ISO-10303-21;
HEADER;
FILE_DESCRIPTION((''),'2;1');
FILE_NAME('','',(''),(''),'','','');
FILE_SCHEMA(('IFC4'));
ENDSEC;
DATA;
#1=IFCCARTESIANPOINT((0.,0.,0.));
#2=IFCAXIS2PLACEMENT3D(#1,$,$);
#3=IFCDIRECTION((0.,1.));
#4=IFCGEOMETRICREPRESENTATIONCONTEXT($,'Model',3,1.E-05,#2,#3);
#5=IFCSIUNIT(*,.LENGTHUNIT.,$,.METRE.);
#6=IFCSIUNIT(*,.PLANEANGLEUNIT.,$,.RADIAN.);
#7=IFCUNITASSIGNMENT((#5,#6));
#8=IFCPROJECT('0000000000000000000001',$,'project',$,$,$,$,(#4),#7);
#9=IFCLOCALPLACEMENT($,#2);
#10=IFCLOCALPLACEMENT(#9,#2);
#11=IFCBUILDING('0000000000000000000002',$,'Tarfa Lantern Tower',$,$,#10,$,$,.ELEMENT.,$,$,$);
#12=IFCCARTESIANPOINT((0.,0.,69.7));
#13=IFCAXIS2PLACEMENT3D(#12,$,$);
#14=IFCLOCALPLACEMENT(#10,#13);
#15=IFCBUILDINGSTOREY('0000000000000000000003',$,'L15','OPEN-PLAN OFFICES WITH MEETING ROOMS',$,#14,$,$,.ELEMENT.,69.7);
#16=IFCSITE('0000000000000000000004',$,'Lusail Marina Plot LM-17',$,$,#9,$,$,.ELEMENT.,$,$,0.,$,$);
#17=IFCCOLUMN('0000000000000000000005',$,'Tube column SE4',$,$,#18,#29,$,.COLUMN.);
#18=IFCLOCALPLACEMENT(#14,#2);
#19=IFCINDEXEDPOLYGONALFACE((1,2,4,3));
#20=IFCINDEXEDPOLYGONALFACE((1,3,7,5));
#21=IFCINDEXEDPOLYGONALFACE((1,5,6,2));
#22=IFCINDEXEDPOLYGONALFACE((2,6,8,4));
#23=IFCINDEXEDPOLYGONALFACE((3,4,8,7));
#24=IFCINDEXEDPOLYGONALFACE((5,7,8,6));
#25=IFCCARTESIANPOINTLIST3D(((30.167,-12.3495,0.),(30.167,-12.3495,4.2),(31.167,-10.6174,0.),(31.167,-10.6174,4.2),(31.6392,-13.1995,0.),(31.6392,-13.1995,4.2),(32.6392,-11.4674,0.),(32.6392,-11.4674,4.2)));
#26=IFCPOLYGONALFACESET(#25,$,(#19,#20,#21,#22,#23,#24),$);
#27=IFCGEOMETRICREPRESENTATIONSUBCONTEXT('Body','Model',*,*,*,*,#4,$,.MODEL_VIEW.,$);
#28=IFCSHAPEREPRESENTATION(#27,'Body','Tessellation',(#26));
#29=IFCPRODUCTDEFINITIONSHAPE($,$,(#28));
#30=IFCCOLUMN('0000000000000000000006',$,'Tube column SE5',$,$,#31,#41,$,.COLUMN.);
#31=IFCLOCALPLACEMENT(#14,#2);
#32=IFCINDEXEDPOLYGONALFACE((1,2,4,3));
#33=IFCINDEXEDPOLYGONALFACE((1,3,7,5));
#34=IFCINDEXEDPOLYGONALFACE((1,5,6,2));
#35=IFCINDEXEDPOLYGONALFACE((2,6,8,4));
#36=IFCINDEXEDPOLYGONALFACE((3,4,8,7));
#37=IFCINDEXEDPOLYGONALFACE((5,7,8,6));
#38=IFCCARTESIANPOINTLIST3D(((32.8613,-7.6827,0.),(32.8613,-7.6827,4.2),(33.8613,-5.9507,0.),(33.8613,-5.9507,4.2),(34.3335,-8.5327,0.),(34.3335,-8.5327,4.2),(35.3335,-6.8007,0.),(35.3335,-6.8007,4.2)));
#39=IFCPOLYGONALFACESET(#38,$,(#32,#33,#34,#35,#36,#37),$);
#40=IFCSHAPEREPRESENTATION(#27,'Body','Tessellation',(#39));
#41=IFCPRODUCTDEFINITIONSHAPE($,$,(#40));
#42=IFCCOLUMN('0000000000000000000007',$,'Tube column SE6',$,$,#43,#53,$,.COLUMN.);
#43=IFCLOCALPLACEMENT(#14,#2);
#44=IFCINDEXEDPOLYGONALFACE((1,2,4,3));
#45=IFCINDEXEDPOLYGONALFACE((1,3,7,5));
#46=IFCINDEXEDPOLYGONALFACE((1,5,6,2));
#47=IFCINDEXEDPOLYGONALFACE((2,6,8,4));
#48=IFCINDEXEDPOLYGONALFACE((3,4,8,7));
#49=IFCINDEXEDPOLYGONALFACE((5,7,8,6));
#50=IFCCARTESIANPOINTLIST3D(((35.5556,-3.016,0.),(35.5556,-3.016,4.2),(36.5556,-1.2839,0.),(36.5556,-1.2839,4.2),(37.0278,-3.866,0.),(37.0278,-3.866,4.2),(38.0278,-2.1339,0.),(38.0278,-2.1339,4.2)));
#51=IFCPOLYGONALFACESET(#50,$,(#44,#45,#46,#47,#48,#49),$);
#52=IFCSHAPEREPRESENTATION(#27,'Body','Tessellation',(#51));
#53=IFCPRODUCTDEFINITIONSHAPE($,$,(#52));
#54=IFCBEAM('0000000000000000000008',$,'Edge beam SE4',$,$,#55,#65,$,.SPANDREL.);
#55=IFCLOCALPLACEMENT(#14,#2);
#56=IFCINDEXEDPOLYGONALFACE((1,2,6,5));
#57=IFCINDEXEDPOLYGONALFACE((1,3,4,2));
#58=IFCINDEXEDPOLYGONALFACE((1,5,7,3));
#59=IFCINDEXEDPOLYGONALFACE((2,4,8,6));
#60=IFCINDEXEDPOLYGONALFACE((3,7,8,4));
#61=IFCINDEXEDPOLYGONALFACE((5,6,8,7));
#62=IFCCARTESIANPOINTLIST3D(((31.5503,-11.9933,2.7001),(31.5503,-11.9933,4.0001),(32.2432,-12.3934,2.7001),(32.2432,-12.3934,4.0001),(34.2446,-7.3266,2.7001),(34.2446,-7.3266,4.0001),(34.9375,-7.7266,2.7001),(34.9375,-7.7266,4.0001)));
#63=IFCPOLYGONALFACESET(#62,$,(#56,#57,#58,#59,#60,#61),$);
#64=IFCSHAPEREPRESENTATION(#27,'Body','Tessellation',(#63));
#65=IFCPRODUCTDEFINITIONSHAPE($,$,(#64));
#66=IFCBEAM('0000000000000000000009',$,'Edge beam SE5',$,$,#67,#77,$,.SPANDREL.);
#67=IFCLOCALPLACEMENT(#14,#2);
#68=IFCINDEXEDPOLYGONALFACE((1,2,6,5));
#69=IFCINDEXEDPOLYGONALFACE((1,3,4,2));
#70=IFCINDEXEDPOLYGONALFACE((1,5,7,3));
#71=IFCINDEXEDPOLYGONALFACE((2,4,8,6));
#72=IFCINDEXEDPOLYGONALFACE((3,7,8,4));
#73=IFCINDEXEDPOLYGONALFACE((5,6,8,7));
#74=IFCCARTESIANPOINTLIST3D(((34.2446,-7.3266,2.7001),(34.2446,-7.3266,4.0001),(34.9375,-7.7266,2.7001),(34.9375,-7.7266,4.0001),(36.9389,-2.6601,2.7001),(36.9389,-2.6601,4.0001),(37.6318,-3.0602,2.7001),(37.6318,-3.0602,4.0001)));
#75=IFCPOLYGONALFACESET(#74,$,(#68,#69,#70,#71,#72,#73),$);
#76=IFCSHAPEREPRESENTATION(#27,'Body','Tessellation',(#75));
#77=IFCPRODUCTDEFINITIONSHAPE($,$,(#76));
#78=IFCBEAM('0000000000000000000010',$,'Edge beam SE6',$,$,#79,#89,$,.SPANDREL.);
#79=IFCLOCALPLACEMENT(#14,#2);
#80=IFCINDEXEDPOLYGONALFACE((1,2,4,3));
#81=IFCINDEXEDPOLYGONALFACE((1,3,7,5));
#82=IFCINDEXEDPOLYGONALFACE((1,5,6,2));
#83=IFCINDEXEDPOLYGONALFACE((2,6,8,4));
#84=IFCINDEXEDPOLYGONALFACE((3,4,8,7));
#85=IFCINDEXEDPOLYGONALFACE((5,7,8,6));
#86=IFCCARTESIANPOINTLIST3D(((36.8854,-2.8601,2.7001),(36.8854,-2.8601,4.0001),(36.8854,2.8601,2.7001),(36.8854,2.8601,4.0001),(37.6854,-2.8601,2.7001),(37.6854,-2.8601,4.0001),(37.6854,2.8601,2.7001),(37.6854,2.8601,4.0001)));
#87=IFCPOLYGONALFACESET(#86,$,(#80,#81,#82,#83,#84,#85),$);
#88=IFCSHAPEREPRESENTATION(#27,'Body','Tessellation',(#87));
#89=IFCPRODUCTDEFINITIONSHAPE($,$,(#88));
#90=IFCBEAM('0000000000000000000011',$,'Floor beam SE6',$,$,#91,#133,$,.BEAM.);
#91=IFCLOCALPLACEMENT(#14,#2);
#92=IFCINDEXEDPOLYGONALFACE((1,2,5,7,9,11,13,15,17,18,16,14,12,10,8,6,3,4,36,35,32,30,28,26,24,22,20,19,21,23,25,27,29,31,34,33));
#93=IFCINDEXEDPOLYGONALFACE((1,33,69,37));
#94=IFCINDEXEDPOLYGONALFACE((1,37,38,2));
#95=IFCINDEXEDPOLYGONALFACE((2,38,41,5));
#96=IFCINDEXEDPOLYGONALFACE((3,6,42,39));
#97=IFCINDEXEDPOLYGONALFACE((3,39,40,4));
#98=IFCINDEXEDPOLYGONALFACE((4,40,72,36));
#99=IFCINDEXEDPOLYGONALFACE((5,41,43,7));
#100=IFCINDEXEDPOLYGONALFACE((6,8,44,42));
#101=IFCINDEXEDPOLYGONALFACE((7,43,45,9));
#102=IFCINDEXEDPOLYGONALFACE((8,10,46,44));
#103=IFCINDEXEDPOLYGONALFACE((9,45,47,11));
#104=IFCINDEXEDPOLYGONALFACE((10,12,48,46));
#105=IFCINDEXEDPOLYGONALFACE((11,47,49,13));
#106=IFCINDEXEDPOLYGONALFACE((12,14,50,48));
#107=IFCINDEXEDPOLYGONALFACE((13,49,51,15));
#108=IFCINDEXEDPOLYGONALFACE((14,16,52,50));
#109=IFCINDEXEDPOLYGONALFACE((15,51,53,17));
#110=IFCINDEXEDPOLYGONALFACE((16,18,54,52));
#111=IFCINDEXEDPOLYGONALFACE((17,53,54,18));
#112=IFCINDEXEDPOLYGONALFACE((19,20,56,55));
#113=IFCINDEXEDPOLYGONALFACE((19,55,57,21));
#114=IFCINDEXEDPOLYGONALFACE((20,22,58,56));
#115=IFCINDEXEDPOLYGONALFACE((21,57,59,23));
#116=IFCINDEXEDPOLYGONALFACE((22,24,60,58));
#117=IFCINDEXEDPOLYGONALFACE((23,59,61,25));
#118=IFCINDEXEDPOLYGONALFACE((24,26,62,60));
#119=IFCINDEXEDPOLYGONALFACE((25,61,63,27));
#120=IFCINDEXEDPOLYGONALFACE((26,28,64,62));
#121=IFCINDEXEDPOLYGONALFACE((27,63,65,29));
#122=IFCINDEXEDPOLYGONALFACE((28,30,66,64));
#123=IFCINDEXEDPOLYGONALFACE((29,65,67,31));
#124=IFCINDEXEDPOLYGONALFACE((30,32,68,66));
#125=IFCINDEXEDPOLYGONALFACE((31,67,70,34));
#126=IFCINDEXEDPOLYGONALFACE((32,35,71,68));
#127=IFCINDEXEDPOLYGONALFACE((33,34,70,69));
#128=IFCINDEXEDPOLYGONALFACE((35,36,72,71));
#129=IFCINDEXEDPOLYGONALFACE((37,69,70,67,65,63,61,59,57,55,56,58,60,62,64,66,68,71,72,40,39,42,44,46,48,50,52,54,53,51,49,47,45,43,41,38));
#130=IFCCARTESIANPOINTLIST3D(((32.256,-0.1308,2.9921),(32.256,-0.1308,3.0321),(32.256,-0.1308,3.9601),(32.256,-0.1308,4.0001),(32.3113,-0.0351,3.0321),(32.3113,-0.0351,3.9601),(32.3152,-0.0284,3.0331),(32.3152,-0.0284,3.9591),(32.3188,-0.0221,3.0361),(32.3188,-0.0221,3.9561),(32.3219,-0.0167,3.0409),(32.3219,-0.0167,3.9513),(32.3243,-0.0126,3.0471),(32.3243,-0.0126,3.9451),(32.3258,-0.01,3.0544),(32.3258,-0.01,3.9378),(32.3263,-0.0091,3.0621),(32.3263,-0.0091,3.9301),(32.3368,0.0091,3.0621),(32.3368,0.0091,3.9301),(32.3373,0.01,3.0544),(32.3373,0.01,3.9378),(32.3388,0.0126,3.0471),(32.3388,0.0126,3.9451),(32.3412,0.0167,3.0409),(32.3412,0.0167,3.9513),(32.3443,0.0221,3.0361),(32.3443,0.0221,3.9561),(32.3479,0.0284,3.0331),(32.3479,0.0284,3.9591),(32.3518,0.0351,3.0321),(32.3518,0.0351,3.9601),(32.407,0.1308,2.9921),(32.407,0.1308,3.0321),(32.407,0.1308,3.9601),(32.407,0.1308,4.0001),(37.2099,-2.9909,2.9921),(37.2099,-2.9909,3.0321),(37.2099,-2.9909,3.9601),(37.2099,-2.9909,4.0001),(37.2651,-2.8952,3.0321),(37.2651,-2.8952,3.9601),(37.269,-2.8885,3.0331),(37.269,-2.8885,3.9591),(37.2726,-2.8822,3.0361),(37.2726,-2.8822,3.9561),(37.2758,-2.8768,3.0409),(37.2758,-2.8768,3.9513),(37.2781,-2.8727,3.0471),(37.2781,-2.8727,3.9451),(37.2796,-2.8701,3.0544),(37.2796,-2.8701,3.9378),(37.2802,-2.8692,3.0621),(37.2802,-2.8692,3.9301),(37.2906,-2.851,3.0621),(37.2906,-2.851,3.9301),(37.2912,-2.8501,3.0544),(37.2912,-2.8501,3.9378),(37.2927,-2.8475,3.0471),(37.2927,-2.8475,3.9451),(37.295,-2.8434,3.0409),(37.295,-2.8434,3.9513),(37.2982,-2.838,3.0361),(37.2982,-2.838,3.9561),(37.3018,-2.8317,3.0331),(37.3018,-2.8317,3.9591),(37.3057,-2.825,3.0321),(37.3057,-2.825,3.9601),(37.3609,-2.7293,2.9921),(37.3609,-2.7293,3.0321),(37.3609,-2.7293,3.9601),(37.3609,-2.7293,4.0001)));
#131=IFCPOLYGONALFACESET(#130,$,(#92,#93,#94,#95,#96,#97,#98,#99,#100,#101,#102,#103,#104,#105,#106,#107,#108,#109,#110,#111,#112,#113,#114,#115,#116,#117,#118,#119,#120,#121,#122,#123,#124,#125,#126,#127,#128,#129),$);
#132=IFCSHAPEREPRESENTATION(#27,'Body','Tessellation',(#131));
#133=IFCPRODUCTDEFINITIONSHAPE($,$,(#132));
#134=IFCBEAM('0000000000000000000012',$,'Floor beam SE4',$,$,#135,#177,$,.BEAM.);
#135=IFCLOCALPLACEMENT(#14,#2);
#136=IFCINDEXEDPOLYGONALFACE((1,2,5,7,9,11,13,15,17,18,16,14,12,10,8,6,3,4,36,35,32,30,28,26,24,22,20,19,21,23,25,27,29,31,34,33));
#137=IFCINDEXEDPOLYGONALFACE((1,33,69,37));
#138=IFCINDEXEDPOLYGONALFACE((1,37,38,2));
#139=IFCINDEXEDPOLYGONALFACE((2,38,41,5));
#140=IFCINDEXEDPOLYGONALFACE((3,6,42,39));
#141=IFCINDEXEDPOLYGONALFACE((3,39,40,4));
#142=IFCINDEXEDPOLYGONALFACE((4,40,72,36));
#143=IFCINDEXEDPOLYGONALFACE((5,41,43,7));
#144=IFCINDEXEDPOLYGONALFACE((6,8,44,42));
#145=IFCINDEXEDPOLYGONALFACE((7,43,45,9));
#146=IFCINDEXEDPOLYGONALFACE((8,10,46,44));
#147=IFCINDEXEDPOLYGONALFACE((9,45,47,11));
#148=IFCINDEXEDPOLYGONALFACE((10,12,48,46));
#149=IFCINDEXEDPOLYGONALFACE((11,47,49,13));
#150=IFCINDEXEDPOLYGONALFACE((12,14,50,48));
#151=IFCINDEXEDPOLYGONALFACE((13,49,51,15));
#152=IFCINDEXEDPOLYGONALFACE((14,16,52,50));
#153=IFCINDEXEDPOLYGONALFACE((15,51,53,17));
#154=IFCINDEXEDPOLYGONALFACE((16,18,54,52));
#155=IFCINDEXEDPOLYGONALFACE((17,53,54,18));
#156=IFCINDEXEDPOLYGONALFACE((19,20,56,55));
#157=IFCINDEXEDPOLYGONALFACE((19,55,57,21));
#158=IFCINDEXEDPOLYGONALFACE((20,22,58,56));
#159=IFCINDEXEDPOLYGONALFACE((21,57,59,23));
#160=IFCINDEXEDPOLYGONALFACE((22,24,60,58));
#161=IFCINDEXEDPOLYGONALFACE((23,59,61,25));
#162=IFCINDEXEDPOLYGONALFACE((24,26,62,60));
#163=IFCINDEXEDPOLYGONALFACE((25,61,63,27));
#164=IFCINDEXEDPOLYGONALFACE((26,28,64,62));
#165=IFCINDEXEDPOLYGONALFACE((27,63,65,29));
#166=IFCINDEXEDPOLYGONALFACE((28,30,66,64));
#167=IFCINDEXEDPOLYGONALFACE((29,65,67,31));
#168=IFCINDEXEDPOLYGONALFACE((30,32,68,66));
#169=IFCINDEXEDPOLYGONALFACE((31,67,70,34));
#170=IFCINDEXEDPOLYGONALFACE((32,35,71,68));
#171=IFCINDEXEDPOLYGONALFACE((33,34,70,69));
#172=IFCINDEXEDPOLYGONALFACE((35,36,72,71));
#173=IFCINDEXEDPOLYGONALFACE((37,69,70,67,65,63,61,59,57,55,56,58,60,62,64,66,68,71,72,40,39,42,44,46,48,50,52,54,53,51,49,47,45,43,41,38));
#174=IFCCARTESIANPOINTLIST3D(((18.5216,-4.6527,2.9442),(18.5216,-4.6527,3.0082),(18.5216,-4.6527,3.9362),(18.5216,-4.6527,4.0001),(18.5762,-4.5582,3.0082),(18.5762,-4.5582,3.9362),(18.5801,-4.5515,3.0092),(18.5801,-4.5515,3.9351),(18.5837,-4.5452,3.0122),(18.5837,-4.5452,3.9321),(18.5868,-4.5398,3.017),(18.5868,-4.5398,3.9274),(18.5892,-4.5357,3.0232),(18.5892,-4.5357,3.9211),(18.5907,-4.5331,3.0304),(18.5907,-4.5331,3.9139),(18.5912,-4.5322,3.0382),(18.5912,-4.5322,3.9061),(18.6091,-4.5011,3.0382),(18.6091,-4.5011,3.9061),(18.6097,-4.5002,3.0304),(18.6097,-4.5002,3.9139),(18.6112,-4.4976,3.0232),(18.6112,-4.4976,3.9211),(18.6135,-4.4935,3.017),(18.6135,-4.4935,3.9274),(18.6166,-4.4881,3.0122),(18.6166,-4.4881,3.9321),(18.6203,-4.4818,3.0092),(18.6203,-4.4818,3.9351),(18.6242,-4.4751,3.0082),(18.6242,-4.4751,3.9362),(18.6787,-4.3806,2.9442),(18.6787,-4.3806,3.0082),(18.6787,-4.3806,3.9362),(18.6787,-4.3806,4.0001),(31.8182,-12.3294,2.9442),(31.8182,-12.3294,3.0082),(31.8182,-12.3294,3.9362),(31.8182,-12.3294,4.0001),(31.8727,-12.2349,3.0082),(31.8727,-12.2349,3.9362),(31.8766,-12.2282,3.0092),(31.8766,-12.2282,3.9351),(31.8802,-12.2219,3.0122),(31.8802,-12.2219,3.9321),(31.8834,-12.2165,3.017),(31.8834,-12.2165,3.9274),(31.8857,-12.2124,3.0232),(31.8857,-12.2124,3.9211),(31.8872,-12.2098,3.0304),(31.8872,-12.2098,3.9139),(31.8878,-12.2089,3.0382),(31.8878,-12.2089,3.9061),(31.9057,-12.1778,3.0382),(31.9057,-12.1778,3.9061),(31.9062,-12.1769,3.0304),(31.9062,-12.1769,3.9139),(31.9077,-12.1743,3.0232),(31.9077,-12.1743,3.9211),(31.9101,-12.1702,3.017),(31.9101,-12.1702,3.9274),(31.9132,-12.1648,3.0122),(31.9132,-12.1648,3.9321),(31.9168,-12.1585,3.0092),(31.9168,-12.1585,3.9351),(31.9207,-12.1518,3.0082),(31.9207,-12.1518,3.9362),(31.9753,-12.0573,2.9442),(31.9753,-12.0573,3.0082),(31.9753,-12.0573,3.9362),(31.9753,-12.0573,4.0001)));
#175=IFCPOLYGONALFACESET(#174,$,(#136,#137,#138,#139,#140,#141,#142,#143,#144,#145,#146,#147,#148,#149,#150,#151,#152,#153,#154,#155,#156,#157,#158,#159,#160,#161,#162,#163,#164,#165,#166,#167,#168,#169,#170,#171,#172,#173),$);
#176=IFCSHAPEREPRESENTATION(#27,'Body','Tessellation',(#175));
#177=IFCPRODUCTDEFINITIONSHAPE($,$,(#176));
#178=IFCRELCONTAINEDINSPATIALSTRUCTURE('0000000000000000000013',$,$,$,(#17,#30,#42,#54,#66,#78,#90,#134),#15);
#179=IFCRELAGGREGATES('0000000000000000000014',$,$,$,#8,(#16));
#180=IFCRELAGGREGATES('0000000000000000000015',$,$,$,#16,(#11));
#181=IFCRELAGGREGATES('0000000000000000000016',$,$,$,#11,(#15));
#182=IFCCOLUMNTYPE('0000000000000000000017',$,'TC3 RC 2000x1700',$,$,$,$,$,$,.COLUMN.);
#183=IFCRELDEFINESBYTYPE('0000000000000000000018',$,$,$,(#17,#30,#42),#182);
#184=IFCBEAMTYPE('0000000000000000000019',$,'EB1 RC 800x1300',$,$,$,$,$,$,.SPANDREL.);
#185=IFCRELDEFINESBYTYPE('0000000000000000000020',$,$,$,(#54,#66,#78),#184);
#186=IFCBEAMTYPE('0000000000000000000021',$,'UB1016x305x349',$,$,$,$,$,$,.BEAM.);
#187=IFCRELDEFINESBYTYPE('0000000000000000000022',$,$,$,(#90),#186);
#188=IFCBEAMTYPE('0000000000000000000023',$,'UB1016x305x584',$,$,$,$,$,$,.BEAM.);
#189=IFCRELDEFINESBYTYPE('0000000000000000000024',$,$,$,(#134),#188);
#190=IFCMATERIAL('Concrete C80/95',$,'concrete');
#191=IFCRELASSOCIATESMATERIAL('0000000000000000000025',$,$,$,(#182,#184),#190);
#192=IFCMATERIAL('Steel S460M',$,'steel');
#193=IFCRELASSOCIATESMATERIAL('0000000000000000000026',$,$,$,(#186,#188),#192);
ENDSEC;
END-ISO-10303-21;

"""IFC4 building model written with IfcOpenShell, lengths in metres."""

from ifc_helpers import new_model, si_unit, direction, frame, origin, origin_2d, place, context, subcontext, project, spatial, rectangle, i_section, extrude, material, material_profile, profile_set, type_object, element, save


model = new_model("IFC4")

# Units and contexts
model_context = context("Model", 3, precision=1e-05, world=origin(), true_north=direction((0.0, 1.0)))
body_context = subcontext(model_context, "Body", "Model", "MODEL_VIEW")
ifc_project = project(units=[si_unit("LENGTHUNIT", "METRE"), si_unit("PLANEANGLEUNIT", "RADIAN")], contexts=[model_context])

# Site, building, storey
site_placement = place(None, origin())
site = spatial("IfcSite", under=ifc_project, at=site_placement, Name="Lusail Marina Plot LM-17", CompositionType="ELEMENT", RefElevation=0.0)
building_placement = place(site_placement, origin())
building = spatial("IfcBuilding", under=site, at=building_placement, Name="Tarfa Lantern Tower", CompositionType="ELEMENT")
storey_placement = place(building_placement, frame((0.0, 0.0, 69.7)))
storey = spatial("IfcBuildingStorey", under=building, at=storey_placement, Name="L15", Description="OPEN-PLAN OFFICES WITH MEETING ROOMS", CompositionType="ELEMENT", Elevation=69.7)

# Columns
ifc_material_1 = material(Name="Concrete C80/95", Category="concrete")
ifc_material_profile_1 = material_profile(ifc_material_1, rectangle(XDim=2.0, YDim=1.7, at=origin_2d()), Name="RC 2000x1700")
ifc_profile_set_1 = profile_set([ifc_material_profile_1], Name="Concrete C80/95")
column_type = type_object("IfcColumnType", Name="TC3 RC 2000x1700", PredefinedType="COLUMN", material=ifc_profile_set_1)
for number, where, z_axis, x_axis, name in (
    (1, (31.4031, -11.9084, 0.0), (0.0, 0.0, 1.0), (0.5, 0.866025, 0.0), "Tube column SE4"),
    (2, (34.0974, -7.2417, 0.0), (0.0, 0.0, 1.0), (0.5, 0.866025, 0.0), "Tube column SE5"),
    (3, (36.7917, -2.575, 0.0), (0.0, 0.0, 1.0), (0.5, 0.866025, 0.0), "Tube column SE6"),
):
    element("IfcColumn", number, at=place(storey_placement, frame(where, z_axis=z_axis, x_axis=x_axis)), inside=storey, type_object=column_type, Name=name, PredefinedType="COLUMN", context=body_context, shape_type="SweptSolid", body=[
        extrude(rectangle(XDim=2.0, YDim=1.7, at=origin_2d()), origin(), (0.0, 0.0, 1.0), 4.2),
    ])

# Beams
ifc_material_profile_2 = material_profile(ifc_material_1, rectangle(XDim=0.8, YDim=1.3, at=origin_2d()), Name="RC 800x1300")
ifc_profile_set_2 = profile_set([ifc_material_profile_2], Name="Concrete C80/95")
beam_type_1 = type_object("IfcBeamType", Name="EB1 RC 800x1300", PredefinedType="SPANDREL", material=ifc_profile_set_2)
beam_1_placement = place(storey_placement, frame((31.8967, -12.1934, 3.3501), z_axis=(0.499998, 0.866026, 0.0), x_axis=(-0.866026, 0.499998, 0.0)))
element("IfcBeam", 4, at=beam_1_placement, inside=storey, type_object=beam_type_1, Name="Edge beam SE4", PredefinedType="SPANDREL", context=body_context, shape_type="SweptSolid", body=[
    extrude(rectangle(XDim=0.8, YDim=1.3, at=origin_2d()), origin(), (0.0, 0.0, 1.0), 5.3887),
])
beam_2_placement = place(storey_placement, frame((34.5911, -7.5266, 3.3501), z_axis=(0.500018, 0.866015, 0.0), x_axis=(-0.866015, 0.500018, 0.0)))
element("IfcBeam", 5, at=beam_2_placement, inside=storey, type_object=beam_type_1, Name="Edge beam SE5", PredefinedType="SPANDREL", context=body_context, shape_type="SweptSolid", body=[
    extrude(rectangle(XDim=0.8, YDim=1.3, at=origin_2d()), origin(), (0.0, 0.0, 1.0), 5.3884),
])
beam_3_placement = place(storey_placement, frame((37.2854, -2.8601, 3.3501), z_axis=(0.0, 1.0, 0.0), x_axis=(-1.0, 0.0, 0.0)))
element("IfcBeam", 6, at=beam_3_placement, inside=storey, type_object=beam_type_1, Name="Edge beam SE6", PredefinedType="SPANDREL", context=body_context, shape_type="SweptSolid", body=[
    extrude(rectangle(XDim=0.8, YDim=1.3, at=origin_2d()), origin(), (0.0, 0.0, 1.0), 5.7202),
])
ifc_material_2 = material(Name="Steel S460M", Category="steel")
ifc_material_profile_3 = material_profile(ifc_material_2, i_section(OverallWidth=0.302, OverallDepth=1.0081, WebThickness=0.021, FlangeThickness=0.04, FilletRadius=0.03, at=origin_2d()), Name="UB1016x305x349")
ifc_profile_set_3 = profile_set([ifc_material_profile_3], Name="Steel S460M")
beam_type_2 = type_object("IfcBeamType", Name="UB1016x305x349", PredefinedType="BEAM", material=ifc_profile_set_3)
beam_4_placement = place(storey_placement, frame((37.2854, -2.8601, 3.4961), z_axis=(-0.866026, 0.5, 0.0), x_axis=(-0.5, -0.866026, 0.0)))
element("IfcBeam", 7, at=beam_4_placement, inside=storey, type_object=beam_type_2, Name="Floor beam SE6", PredefinedType="BEAM", context=body_context, shape_type="SweptSolid", body=[
    extrude(i_section(OverallWidth=0.302, OverallDepth=1.0081, WebThickness=0.021, FlangeThickness=0.04, FilletRadius=0.03, at=origin_2d()), origin(), (0.0, 0.0, 1.0), 5.7202),
])
ifc_material_profile_4 = material_profile(ifc_material_2, i_section(OverallWidth=0.3142, OverallDepth=1.0559, WebThickness=0.0359, FlangeThickness=0.064, FilletRadius=0.03, at=origin_2d()), Name="UB1016x305x584")
ifc_profile_set_4 = profile_set([ifc_material_profile_4], Name="Steel S460M")
beam_type_3 = type_object("IfcBeamType", Name="UB1016x305x584", PredefinedType="BEAM", material=ifc_profile_set_4)
beam_5_placement = place(storey_placement, frame((31.8967, -12.1934, 3.4722), z_axis=(-0.866027, 0.499997, 0.0), x_axis=(-0.499997, -0.866027, 0.0)))
element("IfcBeam", 8, at=beam_5_placement, inside=storey, type_object=beam_type_3, Name="Floor beam SE4", PredefinedType="BEAM", context=body_context, shape_type="SweptSolid", body=[
    extrude(i_section(OverallWidth=0.3142, OverallDepth=1.0559, WebThickness=0.0359, FlangeThickness=0.064, FilletRadius=0.03, at=origin_2d()), origin(), (0.0, 0.0, 1.0), 15.3535),
])

save(model, "model.ifc")
